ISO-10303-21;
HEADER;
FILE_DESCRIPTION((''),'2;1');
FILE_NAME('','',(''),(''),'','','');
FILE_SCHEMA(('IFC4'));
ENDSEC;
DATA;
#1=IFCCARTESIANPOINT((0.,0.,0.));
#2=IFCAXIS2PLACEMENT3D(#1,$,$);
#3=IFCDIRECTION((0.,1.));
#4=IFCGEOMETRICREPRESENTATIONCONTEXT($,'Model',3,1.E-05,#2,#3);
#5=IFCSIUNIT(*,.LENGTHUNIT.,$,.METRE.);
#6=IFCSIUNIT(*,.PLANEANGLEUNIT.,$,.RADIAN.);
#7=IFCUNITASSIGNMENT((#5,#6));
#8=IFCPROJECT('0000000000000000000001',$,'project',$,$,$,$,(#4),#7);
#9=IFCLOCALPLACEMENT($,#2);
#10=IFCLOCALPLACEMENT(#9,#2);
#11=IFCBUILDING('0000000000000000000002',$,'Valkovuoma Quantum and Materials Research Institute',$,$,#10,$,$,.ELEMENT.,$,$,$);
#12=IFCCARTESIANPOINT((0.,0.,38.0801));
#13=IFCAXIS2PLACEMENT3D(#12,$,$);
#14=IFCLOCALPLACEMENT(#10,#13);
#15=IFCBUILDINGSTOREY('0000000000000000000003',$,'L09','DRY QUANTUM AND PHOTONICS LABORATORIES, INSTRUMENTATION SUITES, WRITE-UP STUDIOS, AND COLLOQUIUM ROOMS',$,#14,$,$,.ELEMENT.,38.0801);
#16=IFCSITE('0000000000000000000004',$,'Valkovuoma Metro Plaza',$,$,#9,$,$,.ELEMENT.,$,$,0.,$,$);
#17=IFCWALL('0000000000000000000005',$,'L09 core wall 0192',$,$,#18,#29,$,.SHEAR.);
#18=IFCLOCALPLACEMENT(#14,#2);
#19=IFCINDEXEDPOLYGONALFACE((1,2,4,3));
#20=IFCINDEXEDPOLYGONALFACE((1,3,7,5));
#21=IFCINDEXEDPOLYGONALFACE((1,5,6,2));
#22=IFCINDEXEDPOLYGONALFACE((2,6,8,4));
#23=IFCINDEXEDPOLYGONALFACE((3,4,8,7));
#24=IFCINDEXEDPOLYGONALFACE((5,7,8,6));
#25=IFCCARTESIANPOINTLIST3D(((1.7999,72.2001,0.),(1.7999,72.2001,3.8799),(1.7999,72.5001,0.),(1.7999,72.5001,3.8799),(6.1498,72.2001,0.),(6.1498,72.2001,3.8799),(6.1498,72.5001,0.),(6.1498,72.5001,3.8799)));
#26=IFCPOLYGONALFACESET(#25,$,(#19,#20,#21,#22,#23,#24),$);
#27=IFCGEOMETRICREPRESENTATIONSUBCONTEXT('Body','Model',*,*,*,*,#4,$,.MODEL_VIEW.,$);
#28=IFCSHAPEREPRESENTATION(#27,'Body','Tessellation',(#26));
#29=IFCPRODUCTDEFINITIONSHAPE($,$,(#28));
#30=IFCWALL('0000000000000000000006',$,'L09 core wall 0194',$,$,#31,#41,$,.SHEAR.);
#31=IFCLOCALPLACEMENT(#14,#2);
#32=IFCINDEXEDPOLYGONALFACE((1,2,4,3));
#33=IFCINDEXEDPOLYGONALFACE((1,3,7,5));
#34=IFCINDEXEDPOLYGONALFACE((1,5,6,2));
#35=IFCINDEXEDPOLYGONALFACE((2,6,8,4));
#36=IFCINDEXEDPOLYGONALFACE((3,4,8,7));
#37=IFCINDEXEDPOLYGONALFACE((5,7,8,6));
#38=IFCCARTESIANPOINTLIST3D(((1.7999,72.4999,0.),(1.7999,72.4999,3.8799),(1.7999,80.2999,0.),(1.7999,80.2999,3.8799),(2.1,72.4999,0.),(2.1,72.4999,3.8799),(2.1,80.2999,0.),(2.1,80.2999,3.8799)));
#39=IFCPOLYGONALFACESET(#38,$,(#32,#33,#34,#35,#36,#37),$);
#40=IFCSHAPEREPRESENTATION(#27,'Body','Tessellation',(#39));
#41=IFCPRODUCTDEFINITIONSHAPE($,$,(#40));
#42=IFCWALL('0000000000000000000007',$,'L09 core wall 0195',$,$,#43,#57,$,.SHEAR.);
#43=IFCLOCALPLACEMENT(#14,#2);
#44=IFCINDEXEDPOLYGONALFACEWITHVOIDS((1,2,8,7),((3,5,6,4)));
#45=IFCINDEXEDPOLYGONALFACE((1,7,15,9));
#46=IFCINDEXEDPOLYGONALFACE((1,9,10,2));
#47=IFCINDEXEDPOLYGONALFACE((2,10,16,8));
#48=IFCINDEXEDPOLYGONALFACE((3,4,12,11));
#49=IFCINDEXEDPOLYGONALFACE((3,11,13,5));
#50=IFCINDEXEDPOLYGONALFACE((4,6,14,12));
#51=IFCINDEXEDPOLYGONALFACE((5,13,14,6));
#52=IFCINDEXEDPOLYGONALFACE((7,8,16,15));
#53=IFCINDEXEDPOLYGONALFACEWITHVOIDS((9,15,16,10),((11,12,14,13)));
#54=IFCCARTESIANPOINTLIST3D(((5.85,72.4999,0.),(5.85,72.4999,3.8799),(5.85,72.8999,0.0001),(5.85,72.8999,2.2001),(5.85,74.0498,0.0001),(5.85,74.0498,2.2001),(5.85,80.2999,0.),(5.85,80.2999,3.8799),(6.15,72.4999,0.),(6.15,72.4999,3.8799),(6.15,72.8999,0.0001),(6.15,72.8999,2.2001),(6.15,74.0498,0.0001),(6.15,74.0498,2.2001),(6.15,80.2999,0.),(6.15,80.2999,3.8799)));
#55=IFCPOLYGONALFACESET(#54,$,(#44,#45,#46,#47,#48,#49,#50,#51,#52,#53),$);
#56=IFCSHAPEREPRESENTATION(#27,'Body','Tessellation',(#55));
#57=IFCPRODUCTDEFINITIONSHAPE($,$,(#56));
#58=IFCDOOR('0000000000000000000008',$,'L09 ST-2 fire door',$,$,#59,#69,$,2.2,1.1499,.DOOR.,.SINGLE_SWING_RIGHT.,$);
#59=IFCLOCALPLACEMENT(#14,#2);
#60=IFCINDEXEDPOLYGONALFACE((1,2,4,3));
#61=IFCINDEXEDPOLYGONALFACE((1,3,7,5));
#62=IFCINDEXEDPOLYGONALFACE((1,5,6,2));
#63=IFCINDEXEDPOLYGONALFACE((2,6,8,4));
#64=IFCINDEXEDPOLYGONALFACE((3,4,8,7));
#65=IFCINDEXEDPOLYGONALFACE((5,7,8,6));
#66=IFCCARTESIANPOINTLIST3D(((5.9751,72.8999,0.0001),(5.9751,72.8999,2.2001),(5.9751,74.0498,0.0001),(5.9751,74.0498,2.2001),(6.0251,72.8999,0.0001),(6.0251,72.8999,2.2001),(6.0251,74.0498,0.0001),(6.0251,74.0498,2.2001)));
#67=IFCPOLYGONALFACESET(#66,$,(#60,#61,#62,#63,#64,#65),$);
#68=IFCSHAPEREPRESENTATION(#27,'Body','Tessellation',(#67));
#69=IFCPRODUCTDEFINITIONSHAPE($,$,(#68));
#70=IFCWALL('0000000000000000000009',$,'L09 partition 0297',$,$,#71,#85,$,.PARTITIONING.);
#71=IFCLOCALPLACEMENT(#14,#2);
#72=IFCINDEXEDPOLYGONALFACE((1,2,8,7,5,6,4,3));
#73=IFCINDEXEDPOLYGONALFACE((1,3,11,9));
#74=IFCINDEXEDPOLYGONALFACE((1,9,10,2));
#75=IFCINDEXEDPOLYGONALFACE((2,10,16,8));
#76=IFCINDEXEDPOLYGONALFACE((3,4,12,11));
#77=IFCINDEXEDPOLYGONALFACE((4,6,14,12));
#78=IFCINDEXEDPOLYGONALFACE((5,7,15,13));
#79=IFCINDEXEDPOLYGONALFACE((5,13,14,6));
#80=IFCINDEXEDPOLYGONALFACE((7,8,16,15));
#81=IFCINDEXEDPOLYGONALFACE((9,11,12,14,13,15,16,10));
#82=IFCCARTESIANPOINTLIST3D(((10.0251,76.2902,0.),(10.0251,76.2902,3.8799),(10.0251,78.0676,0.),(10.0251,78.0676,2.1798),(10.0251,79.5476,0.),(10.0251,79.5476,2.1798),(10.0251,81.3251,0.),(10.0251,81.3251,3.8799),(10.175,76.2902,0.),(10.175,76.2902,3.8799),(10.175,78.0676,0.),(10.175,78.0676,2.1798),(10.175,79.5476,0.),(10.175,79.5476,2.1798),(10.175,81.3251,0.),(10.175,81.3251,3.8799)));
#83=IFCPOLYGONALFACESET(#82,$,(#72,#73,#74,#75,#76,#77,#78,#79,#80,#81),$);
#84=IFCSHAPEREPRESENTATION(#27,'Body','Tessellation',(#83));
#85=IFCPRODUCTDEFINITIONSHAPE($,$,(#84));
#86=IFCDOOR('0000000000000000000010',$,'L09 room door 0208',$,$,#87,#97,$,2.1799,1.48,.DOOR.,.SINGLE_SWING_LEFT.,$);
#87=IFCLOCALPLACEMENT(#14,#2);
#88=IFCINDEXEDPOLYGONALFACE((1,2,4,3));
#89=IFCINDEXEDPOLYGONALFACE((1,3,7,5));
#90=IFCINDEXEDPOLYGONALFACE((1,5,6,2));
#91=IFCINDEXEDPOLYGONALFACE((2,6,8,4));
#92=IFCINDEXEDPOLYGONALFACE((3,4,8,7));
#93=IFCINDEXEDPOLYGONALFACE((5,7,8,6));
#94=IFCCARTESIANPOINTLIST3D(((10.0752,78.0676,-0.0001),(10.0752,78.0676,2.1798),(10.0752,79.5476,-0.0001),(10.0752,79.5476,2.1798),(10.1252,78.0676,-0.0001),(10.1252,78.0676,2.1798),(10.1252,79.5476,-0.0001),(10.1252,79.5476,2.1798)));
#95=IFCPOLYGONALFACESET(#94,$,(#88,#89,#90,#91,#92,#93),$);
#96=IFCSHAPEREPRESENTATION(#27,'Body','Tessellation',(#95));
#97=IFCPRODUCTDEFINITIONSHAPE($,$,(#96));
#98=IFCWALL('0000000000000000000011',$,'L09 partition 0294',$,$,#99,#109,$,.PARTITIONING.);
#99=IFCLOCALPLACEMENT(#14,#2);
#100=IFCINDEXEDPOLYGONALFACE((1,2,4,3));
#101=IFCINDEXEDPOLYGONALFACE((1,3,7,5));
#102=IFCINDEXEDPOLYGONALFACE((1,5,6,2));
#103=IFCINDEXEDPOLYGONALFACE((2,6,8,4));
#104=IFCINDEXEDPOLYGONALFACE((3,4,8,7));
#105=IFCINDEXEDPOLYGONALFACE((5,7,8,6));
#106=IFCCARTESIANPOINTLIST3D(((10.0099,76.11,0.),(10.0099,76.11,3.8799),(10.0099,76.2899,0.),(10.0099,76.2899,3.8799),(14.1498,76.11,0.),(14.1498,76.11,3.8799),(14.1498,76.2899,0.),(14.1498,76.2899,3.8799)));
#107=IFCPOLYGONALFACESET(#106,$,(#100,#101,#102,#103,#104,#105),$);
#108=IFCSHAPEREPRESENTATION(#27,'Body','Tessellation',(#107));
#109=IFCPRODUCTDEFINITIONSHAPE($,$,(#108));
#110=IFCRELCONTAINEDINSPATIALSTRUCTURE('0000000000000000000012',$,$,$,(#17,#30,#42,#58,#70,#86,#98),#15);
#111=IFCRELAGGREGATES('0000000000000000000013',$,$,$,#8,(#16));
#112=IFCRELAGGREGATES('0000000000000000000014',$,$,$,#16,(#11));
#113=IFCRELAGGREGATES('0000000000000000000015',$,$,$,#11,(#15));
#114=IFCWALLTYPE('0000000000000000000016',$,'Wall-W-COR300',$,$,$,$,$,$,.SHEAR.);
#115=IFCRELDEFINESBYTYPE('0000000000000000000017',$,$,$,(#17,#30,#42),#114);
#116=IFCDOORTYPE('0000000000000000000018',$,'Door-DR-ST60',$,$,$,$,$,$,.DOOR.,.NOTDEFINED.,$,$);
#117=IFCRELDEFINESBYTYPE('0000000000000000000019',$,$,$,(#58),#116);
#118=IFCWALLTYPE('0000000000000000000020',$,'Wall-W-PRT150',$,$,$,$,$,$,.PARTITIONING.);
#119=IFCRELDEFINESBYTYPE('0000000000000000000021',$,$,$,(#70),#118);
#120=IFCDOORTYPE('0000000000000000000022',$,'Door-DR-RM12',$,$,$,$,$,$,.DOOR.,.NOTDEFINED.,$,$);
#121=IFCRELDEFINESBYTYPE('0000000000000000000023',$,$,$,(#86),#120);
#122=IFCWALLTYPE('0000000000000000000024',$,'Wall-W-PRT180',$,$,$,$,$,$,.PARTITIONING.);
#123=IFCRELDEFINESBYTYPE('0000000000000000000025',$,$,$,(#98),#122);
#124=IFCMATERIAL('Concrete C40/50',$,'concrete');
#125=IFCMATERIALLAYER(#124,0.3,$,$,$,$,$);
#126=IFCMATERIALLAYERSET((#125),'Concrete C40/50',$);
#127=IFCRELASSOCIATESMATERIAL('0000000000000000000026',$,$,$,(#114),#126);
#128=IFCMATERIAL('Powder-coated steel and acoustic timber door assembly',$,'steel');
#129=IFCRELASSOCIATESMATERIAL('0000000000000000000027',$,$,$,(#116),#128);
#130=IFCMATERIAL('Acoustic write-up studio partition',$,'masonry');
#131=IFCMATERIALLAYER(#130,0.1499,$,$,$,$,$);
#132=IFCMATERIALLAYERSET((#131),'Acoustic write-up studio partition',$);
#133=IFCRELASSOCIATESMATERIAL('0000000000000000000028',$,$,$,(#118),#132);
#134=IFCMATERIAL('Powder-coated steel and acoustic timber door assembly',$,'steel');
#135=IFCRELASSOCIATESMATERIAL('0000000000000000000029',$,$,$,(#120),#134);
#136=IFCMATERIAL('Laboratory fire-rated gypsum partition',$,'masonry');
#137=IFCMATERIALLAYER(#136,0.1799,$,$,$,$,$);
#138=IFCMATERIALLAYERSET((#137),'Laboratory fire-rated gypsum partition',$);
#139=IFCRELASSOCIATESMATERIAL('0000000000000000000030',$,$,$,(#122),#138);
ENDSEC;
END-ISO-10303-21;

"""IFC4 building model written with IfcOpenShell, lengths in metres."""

from ifc_helpers import new_model, si_unit, direction, frame, frame_2d, origin, place, context, subcontext, project, spatial, rectangle, extrude, material, layer, layer_set, type_object, element, fill, save


model = new_model("IFC4")

# Units and contexts
model_context = context("Model", 3, precision=1e-05, world=origin(), true_north=direction((0.0, 1.0)))
body_context = subcontext(model_context, "Body", "Model", "MODEL_VIEW")
ifc_project = project(units=[si_unit("LENGTHUNIT", "METRE"), si_unit("PLANEANGLEUNIT", "RADIAN")], contexts=[model_context])

# Site, building, storey
site_placement = place(None, origin())
site = spatial("IfcSite", under=ifc_project, at=site_placement, Name="Valkovuoma Metro Plaza", CompositionType="ELEMENT", RefElevation=0.0)
building_placement = place(site_placement, origin())
building = spatial("IfcBuilding", under=site, at=building_placement, Name="Valkovuoma Quantum and Materials Research Institute", CompositionType="ELEMENT")
storey_placement = place(building_placement, frame((0.0, 0.0, 38.0801)))
storey = spatial("IfcBuildingStorey", under=building, at=storey_placement, Name="L09", Description="DRY QUANTUM AND PHOTONICS LABORATORIES, INSTRUMENTATION SUITES, WRITE-UP STUDIOS, AND COLLOQUIUM ROOMS", CompositionType="ELEMENT", Elevation=38.0801)

# Walls
ifc_material_1 = material(Name="Concrete C40/50", Category="concrete")
ifc_layer_1 = layer(ifc_material_1, 0.3)
ifc_layer_set_1 = layer_set([ifc_layer_1], Name="Concrete C40/50")
wall_type_1 = type_object("IfcWallType", Name="Wall-W-COR300", PredefinedType="SHEAR", material=ifc_layer_set_1)
wall_1_placement = place(storey_placement, frame((1.8, 72.3501, 0.0), z_axis=(0.0, 0.0, 1.0), x_axis=(1.0, 0.0, 0.0)))
element("IfcWall", 1, at=wall_1_placement, inside=storey, type_object=wall_type_1, Name="L09 core wall 0192", PredefinedType="SHEAR", context=body_context, shape_type="SweptSolid", body=[
    extrude(rectangle(XDim=4.3499, YDim=0.3, at=frame_2d((2.1748, 0.0))), origin(), (0.0, 0.0, 1.0), 3.8799),
])
wall_2_placement = place(storey_placement, frame((1.95, 72.5, 0.0), z_axis=(0.0, 0.0, 1.0), x_axis=(0.0, 1.0, 0.0)))
element("IfcWall", 2, at=wall_2_placement, inside=storey, type_object=wall_type_1, Name="L09 core wall 0194", PredefinedType="SHEAR", context=body_context, shape_type="SweptSolid", body=[
    extrude(rectangle(XDim=7.8, YDim=0.3, at=frame_2d((3.8999, 0.0))), origin(), (0.0, 0.0, 1.0), 3.8799),
])

# Walls, openings, doors
wall_3_placement = place(storey_placement, frame((6.0, 72.5, 0.0), z_axis=(0.0, 0.0, 1.0), x_axis=(0.0, 1.0, 0.0)))
wall_3 = element("IfcWall", 3, at=wall_3_placement, inside=storey, type_object=wall_type_1, Name="L09 core wall 0195", PredefinedType="SHEAR", context=body_context, shape_type="SweptSolid", body=[
    extrude(rectangle(XDim=7.8, YDim=0.3, at=frame_2d((3.8999, 0.0))), origin(), (0.0, 0.0, 1.0), 3.8799),
])
opening_1_placement = place(wall_3_placement, frame((0.3999, 0.0, 0.0)))
opening_1 = element("IfcOpeningElement", 4, at=opening_1_placement, cuts=wall_3, PredefinedType="OPENING", context=body_context, shape_type="SweptSolid", body=[
    extrude(rectangle(XDim=1.1499, YDim=2.2, at=frame_2d((0.575, 1.1001))), frame((0.0, 0.1602, 0.0), z_axis=(0.0, -1.0, 0.0), x_axis=(1.0, 0.0, 0.0)), (0.0, 0.0, 1.0), 0.3201),
])
ifc_material_2 = material(Name="Powder-coated steel and acoustic timber door assembly", Category="steel")
door_type_1 = type_object("IfcDoorType", Name="Door-DR-ST60", OperationType="NOTDEFINED", PredefinedType="DOOR", material=ifc_material_2)
door_1_placement = place(opening_1_placement, origin())
door_1 = element("IfcDoor", 5, at=door_1_placement, inside=storey, type_object=door_type_1, Name="L09 ST-2 fire door", OperationType="SINGLE_SWING_RIGHT", OverallHeight=2.2, OverallWidth=1.1499, PredefinedType="DOOR", context=body_context, shape_type="SweptSolid", body=[
    extrude(rectangle(XDim=1.1499, YDim=2.2, at=frame_2d((0.575, 1.1001))), frame((0.0, 0.0249, 0.0), z_axis=(0.0, -1.0, 0.0), x_axis=(1.0, 0.0, 0.0)), (0.0, 0.0, 1.0), 0.05),
])
fill(opening_1, door_1)
ifc_material_3 = material(Name="Acoustic write-up studio partition", Category="masonry")
ifc_layer_2 = layer(ifc_material_3, 0.1499)
ifc_layer_set_2 = layer_set([ifc_layer_2], Name="Acoustic write-up studio partition")
wall_type_2 = type_object("IfcWallType", Name="Wall-W-PRT150", PredefinedType="PARTITIONING", material=ifc_layer_set_2)
wall_4_placement = place(storey_placement, frame((10.1001, 76.29, 0.0), z_axis=(0.0, 0.0, 1.0), x_axis=(0.0, 1.0, 0.0)))
wall_4 = element("IfcWall", 6, at=wall_4_placement, inside=storey, type_object=wall_type_2, Name="L09 partition 0297", PredefinedType="PARTITIONING", context=body_context, shape_type="SweptSolid", body=[
    extrude(rectangle(XDim=5.0349, YDim=0.1499, at=frame_2d((2.5176, 0.0))), origin(), (0.0, 0.0, 1.0), 3.8799),
])
opening_2_placement = place(wall_4_placement, frame((1.7776, 0.0, 0.0)))
opening_2 = element("IfcOpeningElement", 7, at=opening_2_placement, cuts=wall_4, PredefinedType="OPENING", context=body_context, shape_type="SweptSolid", body=[
    extrude(rectangle(XDim=1.48, YDim=2.1799, at=frame_2d((0.74, 1.0898))), frame((0.0, 0.085, 0.0), z_axis=(0.0, -1.0, 0.0), x_axis=(1.0, 0.0, 0.0)), (0.0, 0.0, 1.0), 0.1699),
])
ifc_material_4 = material(Name="Powder-coated steel and acoustic timber door assembly", Category="steel")
door_type_2 = type_object("IfcDoorType", Name="Door-DR-RM12", OperationType="NOTDEFINED", PredefinedType="DOOR", material=ifc_material_4)
door_2_placement = place(opening_2_placement, origin())
door_2 = element("IfcDoor", 8, at=door_2_placement, inside=storey, type_object=door_type_2, Name="L09 room door 0208", OperationType="SINGLE_SWING_LEFT", OverallHeight=2.1799, OverallWidth=1.48, PredefinedType="DOOR", context=body_context, shape_type="SweptSolid", body=[
    extrude(rectangle(XDim=1.48, YDim=2.1799, at=frame_2d((0.74, 1.0898))), frame((0.0, 0.0249, 0.0), z_axis=(0.0, -1.0, 0.0), x_axis=(1.0, 0.0, 0.0)), (0.0, 0.0, 1.0), 0.05),
])
fill(opening_2, door_2)

# Wall
ifc_material_5 = material(Name="Laboratory fire-rated gypsum partition", Category="masonry")
ifc_layer_3 = layer(ifc_material_5, 0.1799)
ifc_layer_set_3 = layer_set([ifc_layer_3], Name="Laboratory fire-rated gypsum partition")
wall_type_3 = type_object("IfcWallType", Name="Wall-W-PRT180", PredefinedType="PARTITIONING", material=ifc_layer_set_3)
wall_5_placement = place(storey_placement, frame((10.01, 76.2, 0.0), z_axis=(0.0, 0.0, 1.0), x_axis=(1.0, 0.0, 0.0)))
element("IfcWall", 9, at=wall_5_placement, inside=storey, type_object=wall_type_3, Name="L09 partition 0294", PredefinedType="PARTITIONING", context=body_context, shape_type="SweptSolid", body=[
    extrude(rectangle(XDim=4.1399, YDim=0.1799, at=frame_2d((2.0698, 0.0))), origin(), (0.0, 0.0, 1.0), 3.8799),
])

save(model, "model.ifc")
